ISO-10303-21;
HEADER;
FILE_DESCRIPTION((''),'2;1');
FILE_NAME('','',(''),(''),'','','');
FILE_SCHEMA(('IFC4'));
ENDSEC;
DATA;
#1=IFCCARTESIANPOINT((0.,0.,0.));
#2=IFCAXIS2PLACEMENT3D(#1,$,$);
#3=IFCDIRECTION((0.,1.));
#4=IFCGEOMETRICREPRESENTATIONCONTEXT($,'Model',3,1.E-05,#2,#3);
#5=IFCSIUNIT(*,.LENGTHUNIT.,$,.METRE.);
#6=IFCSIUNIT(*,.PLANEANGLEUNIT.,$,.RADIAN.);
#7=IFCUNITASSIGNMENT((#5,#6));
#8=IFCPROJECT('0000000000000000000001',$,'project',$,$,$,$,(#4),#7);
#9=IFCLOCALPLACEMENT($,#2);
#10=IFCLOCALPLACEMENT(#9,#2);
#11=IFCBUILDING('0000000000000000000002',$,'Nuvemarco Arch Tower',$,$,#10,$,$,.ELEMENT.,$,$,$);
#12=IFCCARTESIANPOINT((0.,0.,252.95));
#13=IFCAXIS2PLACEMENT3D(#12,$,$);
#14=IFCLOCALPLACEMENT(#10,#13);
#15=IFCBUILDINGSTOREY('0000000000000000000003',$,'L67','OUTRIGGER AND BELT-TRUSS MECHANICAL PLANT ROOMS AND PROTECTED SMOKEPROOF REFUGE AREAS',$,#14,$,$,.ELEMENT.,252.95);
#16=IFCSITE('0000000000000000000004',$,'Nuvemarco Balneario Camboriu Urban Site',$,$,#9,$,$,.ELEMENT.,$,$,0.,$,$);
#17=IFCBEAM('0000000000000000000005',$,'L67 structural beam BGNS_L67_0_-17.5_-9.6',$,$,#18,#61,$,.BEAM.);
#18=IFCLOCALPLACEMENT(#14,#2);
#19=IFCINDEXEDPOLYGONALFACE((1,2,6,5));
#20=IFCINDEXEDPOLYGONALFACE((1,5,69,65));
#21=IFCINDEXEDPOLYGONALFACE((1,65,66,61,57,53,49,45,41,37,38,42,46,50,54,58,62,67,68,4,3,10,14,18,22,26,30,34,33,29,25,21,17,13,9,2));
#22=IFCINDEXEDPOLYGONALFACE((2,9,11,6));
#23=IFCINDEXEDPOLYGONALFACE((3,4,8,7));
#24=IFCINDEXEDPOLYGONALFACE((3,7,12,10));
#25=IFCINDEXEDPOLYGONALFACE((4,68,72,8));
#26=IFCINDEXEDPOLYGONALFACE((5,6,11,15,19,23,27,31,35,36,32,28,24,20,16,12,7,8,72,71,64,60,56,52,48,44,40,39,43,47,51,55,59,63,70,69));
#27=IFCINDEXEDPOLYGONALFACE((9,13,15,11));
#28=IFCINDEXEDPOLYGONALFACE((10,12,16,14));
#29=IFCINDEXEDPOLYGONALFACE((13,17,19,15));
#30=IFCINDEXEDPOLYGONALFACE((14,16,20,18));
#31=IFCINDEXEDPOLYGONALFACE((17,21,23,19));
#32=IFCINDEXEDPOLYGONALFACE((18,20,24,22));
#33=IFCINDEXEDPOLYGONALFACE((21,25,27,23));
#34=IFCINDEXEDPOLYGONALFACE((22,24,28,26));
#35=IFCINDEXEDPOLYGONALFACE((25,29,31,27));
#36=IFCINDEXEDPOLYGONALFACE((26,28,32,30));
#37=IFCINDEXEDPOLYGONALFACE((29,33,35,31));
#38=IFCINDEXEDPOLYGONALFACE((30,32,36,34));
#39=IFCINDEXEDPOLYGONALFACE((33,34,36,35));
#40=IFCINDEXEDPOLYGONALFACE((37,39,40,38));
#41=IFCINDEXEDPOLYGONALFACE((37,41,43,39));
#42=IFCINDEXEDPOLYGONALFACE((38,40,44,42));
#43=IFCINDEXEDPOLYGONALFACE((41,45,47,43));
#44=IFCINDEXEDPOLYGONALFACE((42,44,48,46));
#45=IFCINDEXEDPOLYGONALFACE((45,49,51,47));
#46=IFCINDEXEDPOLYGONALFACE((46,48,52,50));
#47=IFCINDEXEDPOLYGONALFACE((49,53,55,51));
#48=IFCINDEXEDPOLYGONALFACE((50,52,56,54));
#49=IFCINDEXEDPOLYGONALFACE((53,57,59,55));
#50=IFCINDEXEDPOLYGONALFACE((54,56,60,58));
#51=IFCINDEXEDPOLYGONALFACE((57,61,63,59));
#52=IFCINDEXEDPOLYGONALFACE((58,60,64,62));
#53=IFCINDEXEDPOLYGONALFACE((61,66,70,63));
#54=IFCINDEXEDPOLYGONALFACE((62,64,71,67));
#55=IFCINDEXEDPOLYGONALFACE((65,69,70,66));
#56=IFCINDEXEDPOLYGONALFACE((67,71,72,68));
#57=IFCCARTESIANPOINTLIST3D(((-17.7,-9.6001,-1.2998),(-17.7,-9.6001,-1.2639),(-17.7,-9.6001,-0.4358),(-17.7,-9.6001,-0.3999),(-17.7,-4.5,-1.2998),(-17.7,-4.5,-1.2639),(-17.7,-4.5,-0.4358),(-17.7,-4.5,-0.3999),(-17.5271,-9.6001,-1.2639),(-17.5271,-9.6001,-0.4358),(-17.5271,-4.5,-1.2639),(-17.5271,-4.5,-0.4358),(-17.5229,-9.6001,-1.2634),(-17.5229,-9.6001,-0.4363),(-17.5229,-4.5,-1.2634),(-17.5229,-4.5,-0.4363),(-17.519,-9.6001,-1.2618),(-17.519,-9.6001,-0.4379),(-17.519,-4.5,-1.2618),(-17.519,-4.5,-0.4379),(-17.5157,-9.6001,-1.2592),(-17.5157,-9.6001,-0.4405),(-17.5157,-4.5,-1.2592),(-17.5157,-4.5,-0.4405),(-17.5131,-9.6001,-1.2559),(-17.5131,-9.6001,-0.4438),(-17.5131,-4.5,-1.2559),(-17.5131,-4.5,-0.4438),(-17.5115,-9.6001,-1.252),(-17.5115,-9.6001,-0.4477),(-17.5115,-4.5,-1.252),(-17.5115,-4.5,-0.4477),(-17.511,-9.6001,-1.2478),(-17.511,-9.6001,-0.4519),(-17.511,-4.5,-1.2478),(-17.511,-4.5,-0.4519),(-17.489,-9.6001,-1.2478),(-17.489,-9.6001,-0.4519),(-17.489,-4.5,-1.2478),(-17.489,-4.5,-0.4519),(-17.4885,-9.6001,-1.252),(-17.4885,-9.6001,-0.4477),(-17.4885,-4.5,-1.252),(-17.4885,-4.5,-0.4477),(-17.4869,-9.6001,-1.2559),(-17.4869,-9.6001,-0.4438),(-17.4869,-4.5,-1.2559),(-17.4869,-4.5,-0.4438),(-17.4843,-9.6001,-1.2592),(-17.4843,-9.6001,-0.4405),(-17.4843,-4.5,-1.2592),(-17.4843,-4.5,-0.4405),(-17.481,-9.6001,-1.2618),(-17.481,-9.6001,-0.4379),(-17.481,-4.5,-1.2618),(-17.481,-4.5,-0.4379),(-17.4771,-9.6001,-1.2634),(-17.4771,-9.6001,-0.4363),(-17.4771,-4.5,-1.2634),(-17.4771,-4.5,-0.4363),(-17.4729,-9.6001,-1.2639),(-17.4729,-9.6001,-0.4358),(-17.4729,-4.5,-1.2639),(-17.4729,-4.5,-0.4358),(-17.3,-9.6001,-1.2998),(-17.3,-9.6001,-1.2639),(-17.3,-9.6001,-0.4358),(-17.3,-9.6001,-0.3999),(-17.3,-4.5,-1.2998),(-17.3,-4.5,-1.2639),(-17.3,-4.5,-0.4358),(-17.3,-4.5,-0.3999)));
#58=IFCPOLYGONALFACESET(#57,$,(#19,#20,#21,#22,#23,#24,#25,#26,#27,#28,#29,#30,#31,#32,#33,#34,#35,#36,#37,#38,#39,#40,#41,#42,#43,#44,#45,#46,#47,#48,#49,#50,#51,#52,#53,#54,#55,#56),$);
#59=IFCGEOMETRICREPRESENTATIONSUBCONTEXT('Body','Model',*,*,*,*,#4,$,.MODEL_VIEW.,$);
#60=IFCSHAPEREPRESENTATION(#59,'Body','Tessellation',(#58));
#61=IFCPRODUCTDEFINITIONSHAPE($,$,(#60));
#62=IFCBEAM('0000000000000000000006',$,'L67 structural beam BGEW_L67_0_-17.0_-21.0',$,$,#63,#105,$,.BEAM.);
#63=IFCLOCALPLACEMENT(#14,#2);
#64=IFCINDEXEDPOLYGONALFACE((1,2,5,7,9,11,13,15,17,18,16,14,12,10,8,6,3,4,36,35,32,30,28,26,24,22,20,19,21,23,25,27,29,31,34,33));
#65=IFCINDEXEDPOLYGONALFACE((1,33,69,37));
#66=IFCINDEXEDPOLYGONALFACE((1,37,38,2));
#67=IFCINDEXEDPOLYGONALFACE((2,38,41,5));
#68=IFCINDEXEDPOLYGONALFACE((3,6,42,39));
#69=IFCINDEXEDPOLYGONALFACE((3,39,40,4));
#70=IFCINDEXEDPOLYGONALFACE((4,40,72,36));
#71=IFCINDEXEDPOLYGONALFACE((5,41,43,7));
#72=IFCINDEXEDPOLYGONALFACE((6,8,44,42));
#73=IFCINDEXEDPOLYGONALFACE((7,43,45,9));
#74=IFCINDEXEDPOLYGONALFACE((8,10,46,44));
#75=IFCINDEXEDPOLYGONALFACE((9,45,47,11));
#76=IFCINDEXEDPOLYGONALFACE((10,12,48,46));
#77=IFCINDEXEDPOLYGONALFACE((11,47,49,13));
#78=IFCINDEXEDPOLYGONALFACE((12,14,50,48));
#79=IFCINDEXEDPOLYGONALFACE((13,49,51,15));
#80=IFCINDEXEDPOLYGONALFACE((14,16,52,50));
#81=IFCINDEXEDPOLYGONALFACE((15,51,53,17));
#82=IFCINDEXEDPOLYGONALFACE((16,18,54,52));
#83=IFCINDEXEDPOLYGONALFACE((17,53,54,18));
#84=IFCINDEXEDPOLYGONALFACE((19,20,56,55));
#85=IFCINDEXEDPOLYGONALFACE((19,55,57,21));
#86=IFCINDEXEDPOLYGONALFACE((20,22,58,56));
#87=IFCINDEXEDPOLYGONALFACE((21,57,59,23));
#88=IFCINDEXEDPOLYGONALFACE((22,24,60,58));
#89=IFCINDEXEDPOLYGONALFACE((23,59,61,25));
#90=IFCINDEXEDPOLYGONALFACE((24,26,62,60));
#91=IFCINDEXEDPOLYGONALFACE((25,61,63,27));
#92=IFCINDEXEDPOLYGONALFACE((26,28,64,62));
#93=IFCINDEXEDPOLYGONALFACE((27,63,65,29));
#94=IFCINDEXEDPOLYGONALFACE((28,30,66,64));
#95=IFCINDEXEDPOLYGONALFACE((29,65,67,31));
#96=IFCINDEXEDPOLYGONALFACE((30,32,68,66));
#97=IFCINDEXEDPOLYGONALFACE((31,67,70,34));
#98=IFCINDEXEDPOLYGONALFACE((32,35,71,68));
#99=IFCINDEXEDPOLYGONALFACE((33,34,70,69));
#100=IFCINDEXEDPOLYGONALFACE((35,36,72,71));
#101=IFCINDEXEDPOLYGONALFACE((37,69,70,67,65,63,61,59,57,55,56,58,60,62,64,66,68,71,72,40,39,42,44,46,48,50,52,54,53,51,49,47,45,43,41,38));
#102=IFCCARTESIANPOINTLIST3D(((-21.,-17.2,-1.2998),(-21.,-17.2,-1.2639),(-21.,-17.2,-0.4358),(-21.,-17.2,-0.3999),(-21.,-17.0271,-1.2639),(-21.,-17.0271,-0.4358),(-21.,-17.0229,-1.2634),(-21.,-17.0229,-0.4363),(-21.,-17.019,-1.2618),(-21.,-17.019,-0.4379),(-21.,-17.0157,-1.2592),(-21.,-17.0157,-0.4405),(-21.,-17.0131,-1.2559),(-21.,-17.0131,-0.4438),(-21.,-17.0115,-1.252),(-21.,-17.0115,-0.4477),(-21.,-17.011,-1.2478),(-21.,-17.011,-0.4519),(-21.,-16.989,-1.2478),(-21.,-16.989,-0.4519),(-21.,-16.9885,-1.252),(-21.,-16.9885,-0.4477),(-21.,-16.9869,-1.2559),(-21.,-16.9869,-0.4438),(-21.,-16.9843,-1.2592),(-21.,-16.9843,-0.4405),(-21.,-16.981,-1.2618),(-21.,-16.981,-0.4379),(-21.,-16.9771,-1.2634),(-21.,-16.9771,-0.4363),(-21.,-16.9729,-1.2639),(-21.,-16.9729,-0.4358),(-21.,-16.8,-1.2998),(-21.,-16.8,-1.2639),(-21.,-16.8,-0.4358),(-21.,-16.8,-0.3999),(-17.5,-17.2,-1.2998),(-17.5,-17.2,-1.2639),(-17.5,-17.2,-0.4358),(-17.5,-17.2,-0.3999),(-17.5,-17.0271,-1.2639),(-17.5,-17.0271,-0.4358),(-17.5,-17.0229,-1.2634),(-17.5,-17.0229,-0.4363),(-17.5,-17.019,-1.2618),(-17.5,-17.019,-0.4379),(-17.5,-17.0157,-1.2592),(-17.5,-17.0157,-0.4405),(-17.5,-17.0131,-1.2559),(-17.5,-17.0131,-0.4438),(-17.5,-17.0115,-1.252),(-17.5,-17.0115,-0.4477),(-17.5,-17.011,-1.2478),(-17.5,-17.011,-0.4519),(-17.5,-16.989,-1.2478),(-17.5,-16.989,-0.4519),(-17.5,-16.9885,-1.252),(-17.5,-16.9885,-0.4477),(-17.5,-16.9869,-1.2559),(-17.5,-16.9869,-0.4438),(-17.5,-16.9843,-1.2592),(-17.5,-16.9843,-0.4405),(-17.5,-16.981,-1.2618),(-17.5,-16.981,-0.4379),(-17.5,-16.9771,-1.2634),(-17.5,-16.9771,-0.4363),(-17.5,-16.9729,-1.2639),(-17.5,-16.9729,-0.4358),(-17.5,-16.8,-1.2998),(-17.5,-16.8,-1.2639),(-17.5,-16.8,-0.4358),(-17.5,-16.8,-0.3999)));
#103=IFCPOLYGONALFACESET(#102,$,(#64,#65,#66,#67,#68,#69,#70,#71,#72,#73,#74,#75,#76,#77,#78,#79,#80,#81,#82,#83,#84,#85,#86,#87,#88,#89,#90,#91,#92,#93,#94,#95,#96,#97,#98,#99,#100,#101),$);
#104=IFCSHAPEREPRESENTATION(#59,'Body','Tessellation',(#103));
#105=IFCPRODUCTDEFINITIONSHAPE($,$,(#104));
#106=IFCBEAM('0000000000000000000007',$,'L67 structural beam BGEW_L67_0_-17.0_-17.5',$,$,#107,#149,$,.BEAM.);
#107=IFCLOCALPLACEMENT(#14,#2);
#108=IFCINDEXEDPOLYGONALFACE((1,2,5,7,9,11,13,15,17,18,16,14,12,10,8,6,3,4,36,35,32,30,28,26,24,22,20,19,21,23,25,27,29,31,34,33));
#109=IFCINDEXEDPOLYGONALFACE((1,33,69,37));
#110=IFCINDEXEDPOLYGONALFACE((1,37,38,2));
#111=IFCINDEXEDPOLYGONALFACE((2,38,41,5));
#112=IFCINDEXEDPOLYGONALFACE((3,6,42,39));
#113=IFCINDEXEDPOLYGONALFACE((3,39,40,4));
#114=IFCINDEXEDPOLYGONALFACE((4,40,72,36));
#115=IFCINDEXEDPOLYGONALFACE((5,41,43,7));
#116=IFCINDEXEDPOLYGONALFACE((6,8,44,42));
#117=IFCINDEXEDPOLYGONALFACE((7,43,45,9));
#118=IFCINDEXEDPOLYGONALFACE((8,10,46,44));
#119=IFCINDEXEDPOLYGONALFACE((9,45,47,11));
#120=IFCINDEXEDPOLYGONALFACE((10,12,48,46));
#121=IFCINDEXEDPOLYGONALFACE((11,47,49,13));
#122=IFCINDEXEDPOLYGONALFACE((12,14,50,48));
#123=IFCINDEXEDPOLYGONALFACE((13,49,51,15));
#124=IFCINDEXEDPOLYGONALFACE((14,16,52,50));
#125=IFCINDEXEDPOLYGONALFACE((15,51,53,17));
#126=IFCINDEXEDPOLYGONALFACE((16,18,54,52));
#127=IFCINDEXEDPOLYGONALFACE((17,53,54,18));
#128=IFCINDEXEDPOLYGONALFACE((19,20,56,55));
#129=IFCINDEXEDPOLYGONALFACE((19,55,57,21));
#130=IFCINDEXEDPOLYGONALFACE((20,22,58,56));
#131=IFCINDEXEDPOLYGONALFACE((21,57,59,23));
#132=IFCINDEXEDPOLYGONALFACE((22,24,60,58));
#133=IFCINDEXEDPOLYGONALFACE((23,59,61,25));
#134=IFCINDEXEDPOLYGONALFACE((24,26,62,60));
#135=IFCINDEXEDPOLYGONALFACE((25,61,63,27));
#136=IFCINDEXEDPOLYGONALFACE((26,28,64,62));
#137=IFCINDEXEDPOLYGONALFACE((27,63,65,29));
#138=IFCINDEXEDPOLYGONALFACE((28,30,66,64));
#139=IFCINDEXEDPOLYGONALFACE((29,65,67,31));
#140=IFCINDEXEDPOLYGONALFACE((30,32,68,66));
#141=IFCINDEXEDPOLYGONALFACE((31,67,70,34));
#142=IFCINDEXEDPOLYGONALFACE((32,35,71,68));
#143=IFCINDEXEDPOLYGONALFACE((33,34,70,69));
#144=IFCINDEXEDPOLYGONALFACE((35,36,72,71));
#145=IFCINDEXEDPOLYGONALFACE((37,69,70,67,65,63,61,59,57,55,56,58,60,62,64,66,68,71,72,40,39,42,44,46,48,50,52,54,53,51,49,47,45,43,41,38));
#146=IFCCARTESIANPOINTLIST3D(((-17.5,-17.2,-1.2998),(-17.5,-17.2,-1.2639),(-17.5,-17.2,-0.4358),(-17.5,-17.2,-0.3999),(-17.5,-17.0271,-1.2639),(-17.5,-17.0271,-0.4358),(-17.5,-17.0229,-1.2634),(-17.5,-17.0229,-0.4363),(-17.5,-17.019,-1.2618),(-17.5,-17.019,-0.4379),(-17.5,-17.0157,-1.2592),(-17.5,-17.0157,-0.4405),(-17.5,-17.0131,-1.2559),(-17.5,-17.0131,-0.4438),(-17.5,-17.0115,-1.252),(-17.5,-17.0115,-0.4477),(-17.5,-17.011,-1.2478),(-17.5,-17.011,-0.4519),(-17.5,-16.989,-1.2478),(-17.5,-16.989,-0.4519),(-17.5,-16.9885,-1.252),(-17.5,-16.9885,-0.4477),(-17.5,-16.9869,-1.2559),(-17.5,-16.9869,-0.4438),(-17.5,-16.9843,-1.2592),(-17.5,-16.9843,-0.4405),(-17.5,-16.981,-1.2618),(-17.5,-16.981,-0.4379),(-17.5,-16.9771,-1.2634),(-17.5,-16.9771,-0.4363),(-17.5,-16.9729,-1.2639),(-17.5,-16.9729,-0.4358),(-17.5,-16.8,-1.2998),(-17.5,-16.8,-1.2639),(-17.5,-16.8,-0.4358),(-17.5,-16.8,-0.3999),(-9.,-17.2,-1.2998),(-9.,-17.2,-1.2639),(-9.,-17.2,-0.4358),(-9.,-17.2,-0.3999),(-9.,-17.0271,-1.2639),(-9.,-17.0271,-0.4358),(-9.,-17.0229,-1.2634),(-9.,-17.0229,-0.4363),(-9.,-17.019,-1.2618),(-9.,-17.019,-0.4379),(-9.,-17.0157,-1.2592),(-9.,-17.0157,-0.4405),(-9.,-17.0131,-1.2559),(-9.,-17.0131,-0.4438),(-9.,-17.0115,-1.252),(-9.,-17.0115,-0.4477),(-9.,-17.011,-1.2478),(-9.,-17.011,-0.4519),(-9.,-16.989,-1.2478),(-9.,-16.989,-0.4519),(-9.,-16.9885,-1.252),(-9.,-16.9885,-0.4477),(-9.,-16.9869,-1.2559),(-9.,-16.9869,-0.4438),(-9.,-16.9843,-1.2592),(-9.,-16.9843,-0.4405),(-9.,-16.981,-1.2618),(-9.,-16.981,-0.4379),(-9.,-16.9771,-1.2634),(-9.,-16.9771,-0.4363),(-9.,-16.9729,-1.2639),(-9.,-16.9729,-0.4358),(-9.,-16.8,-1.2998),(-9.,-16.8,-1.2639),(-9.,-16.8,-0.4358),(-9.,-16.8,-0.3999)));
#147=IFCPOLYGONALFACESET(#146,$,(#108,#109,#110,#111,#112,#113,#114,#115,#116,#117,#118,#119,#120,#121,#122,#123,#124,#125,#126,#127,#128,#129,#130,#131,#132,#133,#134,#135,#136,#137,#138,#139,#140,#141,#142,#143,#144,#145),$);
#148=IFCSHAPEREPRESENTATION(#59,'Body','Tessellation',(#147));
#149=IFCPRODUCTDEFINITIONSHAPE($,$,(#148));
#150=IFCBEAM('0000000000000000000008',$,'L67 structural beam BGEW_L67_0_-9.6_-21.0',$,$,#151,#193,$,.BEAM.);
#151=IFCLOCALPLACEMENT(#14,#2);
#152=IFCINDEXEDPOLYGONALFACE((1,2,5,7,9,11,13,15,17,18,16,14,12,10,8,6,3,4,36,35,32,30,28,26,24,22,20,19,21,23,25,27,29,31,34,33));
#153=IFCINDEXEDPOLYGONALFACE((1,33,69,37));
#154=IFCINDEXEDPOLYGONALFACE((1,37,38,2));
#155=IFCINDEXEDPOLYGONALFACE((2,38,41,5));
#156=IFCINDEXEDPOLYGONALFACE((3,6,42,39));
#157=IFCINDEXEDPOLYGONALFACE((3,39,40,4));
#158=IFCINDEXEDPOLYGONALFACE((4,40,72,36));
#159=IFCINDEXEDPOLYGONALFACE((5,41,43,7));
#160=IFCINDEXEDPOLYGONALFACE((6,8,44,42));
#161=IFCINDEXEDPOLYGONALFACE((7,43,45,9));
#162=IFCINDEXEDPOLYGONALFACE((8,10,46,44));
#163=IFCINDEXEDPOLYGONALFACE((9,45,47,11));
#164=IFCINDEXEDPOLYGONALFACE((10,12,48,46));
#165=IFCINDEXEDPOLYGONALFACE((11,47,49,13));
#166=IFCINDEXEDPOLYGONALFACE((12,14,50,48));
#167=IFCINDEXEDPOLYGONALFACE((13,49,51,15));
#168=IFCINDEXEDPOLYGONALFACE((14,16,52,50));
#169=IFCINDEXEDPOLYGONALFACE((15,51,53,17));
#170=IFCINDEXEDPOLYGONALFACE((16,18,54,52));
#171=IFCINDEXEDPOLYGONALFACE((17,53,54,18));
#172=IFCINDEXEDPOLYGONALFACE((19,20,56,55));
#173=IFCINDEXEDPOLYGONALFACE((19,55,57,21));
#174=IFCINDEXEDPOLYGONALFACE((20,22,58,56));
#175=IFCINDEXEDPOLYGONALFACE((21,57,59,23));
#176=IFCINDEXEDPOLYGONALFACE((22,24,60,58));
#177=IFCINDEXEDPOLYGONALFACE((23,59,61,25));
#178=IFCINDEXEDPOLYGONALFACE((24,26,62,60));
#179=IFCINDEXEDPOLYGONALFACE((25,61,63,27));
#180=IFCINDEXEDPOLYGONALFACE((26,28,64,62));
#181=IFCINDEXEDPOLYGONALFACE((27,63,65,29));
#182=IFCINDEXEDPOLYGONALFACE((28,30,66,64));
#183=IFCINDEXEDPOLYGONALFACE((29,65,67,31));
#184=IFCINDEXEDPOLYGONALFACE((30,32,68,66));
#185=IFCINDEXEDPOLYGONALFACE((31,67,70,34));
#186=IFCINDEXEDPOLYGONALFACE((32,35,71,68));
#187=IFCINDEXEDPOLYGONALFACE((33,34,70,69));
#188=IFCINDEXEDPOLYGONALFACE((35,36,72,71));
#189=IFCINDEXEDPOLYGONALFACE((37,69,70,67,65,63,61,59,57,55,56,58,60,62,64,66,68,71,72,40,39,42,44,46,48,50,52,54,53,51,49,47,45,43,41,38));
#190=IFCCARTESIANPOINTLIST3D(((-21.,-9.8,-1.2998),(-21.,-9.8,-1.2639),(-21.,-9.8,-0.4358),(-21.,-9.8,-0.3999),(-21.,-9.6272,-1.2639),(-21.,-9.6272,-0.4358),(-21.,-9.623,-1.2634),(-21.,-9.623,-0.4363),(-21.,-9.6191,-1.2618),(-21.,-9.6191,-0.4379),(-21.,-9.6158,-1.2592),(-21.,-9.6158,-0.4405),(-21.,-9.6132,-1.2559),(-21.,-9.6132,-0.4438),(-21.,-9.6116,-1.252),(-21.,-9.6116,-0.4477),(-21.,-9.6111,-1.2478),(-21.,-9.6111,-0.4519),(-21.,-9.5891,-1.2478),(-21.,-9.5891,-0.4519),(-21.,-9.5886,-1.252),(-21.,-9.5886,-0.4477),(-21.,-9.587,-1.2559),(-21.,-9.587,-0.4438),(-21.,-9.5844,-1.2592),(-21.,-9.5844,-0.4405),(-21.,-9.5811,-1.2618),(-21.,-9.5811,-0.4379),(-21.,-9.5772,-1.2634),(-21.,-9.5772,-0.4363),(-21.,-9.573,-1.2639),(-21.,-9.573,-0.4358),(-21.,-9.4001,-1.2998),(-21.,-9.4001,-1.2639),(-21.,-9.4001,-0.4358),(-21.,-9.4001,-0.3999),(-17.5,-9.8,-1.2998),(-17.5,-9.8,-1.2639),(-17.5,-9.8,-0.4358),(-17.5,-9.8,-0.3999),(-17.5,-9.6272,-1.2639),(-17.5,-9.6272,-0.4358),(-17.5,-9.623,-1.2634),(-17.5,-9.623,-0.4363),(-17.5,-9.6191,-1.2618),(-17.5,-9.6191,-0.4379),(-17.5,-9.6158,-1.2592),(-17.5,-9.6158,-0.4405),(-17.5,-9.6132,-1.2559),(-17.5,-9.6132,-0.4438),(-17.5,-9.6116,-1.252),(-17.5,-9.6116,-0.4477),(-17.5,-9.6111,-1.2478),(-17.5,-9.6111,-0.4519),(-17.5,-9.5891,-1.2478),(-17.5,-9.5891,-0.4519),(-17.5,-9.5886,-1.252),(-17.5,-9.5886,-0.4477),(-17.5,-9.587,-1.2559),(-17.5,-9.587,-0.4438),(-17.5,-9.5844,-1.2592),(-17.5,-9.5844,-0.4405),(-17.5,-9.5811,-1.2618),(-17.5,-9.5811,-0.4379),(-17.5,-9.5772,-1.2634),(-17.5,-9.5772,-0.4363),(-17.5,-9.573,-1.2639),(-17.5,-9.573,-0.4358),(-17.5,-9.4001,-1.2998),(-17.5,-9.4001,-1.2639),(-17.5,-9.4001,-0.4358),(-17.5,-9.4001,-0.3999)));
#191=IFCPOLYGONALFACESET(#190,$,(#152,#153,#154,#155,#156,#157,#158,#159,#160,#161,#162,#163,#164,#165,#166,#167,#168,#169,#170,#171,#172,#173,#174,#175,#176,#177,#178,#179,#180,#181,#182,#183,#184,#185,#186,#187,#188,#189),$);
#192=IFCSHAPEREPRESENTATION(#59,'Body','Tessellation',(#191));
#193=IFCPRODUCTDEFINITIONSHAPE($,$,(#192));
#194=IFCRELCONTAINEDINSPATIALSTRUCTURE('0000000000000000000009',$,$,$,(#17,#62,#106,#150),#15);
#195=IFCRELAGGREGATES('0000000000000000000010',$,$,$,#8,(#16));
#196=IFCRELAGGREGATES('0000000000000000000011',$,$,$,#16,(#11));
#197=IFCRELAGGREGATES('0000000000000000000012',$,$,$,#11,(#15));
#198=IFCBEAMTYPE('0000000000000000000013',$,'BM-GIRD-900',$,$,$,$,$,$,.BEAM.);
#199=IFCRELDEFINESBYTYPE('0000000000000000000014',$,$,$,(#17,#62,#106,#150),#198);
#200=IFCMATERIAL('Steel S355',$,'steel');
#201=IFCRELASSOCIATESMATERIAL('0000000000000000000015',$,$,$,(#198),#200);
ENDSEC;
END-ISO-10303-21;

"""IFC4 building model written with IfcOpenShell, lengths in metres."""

from ifc_helpers import new_model, si_unit, direction, frame, origin, origin_2d, place, context, subcontext, project, spatial, i_section, extrude, material, material_profile, profile_set, type_object, element, save


model = new_model("IFC4")

# Units and contexts
model_context = context("Model", 3, precision=1e-05, world=origin(), true_north=direction((0.0, 1.0)))
body_context = subcontext(model_context, "Body", "Model", "MODEL_VIEW")
ifc_project = project(units=[si_unit("LENGTHUNIT", "METRE"), si_unit("PLANEANGLEUNIT", "RADIAN")], contexts=[model_context])

# Site, building, storey
site_placement = place(None, origin())
site = spatial("IfcSite", under=ifc_project, at=site_placement, Name="Nuvemarco Balneario Camboriu Urban Site", CompositionType="ELEMENT", RefElevation=0.0)
building_placement = place(site_placement, origin())
building = spatial("IfcBuilding", under=site, at=building_placement, Name="Nuvemarco Arch Tower", CompositionType="ELEMENT")
storey_placement = place(building_placement, frame((0.0, 0.0, 252.95)))
storey = spatial("IfcBuildingStorey", under=building, at=storey_placement, Name="L67", Description="OUTRIGGER AND BELT-TRUSS MECHANICAL PLANT ROOMS AND PROTECTED SMOKEPROOF REFUGE AREAS", CompositionType="ELEMENT", Elevation=252.95)

# Shared definitions
ifc_material_1 = material(Name="Steel S355", Category="steel")

# Beams
ifc_material_profile_1 = material_profile(ifc_material_1, i_section(OverallWidth=0.3999, OverallDepth=0.8999, WebThickness=0.022, FlangeThickness=0.0359, FilletRadius=0.0161, at=origin_2d()), Name="PG900x400")
ifc_profile_set_1 = profile_set([ifc_material_profile_1], Name="Steel S355")
beam_type_1 = type_object("IfcBeamType", Name="BM-GIRD-900", PredefinedType="BEAM", material=ifc_profile_set_1)
beam_1_placement = place(storey_placement, frame((-17.5, -9.6001, -0.8499), z_axis=(0.0, 1.0, 0.0), x_axis=(-1.0, 0.0, 0.0)))
element("IfcBeam", 1, at=beam_1_placement, inside=storey, type_object=beam_type_1, Name="L67 structural beam BGNS_L67_0_-17.5_-9.6", PredefinedType="BEAM", context=body_context, shape_type="SweptSolid", body=[
    extrude(i_section(OverallWidth=0.3999, OverallDepth=0.8999, WebThickness=0.022, FlangeThickness=0.0359, FilletRadius=0.0161, at=origin_2d()), origin(), (0.0, 0.0, 1.0), 5.1001),
])
beam_2_placement = place(storey_placement, frame((-21.0, -17.0, -0.8499), z_axis=(1.0, 0.0, 0.0), x_axis=(0.0, 1.0, 0.0)))
element("IfcBeam", 2, at=beam_2_placement, inside=storey, type_object=beam_type_1, Name="L67 structural beam BGEW_L67_0_-17.0_-21.0", PredefinedType="BEAM", context=body_context, shape_type="SweptSolid", body=[
    extrude(i_section(OverallWidth=0.3999, OverallDepth=0.8999, WebThickness=0.022, FlangeThickness=0.0359, FilletRadius=0.0161, at=origin_2d()), origin(), (0.0, 0.0, 1.0), 3.5),
])
beam_3_placement = place(storey_placement, frame((-17.5, -17.0, -0.8499), z_axis=(1.0, 0.0, 0.0), x_axis=(0.0, 1.0, 0.0)))
element("IfcBeam", 3, at=beam_3_placement, inside=storey, type_object=beam_type_1, Name="L67 structural beam BGEW_L67_0_-17.0_-17.5", PredefinedType="BEAM", context=body_context, shape_type="SweptSolid", body=[
    extrude(i_section(OverallWidth=0.3999, OverallDepth=0.8999, WebThickness=0.022, FlangeThickness=0.0359, FilletRadius=0.0161, at=origin_2d()), origin(), (0.0, 0.0, 1.0), 8.5),
])
beam_4_placement = place(storey_placement, frame((-21.0, -9.6001, -0.8499), z_axis=(1.0, 0.0, 0.0), x_axis=(0.0, 1.0, 0.0)))
element("IfcBeam", 4, at=beam_4_placement, inside=storey, type_object=beam_type_1, Name="L67 structural beam BGEW_L67_0_-9.6_-21.0", PredefinedType="BEAM", context=body_context, shape_type="SweptSolid", body=[
    extrude(i_section(OverallWidth=0.3999, OverallDepth=0.8999, WebThickness=0.022, FlangeThickness=0.0359, FilletRadius=0.0161, at=origin_2d()), origin(), (0.0, 0.0, 1.0), 3.5),
])

save(model, "model.ifc")
